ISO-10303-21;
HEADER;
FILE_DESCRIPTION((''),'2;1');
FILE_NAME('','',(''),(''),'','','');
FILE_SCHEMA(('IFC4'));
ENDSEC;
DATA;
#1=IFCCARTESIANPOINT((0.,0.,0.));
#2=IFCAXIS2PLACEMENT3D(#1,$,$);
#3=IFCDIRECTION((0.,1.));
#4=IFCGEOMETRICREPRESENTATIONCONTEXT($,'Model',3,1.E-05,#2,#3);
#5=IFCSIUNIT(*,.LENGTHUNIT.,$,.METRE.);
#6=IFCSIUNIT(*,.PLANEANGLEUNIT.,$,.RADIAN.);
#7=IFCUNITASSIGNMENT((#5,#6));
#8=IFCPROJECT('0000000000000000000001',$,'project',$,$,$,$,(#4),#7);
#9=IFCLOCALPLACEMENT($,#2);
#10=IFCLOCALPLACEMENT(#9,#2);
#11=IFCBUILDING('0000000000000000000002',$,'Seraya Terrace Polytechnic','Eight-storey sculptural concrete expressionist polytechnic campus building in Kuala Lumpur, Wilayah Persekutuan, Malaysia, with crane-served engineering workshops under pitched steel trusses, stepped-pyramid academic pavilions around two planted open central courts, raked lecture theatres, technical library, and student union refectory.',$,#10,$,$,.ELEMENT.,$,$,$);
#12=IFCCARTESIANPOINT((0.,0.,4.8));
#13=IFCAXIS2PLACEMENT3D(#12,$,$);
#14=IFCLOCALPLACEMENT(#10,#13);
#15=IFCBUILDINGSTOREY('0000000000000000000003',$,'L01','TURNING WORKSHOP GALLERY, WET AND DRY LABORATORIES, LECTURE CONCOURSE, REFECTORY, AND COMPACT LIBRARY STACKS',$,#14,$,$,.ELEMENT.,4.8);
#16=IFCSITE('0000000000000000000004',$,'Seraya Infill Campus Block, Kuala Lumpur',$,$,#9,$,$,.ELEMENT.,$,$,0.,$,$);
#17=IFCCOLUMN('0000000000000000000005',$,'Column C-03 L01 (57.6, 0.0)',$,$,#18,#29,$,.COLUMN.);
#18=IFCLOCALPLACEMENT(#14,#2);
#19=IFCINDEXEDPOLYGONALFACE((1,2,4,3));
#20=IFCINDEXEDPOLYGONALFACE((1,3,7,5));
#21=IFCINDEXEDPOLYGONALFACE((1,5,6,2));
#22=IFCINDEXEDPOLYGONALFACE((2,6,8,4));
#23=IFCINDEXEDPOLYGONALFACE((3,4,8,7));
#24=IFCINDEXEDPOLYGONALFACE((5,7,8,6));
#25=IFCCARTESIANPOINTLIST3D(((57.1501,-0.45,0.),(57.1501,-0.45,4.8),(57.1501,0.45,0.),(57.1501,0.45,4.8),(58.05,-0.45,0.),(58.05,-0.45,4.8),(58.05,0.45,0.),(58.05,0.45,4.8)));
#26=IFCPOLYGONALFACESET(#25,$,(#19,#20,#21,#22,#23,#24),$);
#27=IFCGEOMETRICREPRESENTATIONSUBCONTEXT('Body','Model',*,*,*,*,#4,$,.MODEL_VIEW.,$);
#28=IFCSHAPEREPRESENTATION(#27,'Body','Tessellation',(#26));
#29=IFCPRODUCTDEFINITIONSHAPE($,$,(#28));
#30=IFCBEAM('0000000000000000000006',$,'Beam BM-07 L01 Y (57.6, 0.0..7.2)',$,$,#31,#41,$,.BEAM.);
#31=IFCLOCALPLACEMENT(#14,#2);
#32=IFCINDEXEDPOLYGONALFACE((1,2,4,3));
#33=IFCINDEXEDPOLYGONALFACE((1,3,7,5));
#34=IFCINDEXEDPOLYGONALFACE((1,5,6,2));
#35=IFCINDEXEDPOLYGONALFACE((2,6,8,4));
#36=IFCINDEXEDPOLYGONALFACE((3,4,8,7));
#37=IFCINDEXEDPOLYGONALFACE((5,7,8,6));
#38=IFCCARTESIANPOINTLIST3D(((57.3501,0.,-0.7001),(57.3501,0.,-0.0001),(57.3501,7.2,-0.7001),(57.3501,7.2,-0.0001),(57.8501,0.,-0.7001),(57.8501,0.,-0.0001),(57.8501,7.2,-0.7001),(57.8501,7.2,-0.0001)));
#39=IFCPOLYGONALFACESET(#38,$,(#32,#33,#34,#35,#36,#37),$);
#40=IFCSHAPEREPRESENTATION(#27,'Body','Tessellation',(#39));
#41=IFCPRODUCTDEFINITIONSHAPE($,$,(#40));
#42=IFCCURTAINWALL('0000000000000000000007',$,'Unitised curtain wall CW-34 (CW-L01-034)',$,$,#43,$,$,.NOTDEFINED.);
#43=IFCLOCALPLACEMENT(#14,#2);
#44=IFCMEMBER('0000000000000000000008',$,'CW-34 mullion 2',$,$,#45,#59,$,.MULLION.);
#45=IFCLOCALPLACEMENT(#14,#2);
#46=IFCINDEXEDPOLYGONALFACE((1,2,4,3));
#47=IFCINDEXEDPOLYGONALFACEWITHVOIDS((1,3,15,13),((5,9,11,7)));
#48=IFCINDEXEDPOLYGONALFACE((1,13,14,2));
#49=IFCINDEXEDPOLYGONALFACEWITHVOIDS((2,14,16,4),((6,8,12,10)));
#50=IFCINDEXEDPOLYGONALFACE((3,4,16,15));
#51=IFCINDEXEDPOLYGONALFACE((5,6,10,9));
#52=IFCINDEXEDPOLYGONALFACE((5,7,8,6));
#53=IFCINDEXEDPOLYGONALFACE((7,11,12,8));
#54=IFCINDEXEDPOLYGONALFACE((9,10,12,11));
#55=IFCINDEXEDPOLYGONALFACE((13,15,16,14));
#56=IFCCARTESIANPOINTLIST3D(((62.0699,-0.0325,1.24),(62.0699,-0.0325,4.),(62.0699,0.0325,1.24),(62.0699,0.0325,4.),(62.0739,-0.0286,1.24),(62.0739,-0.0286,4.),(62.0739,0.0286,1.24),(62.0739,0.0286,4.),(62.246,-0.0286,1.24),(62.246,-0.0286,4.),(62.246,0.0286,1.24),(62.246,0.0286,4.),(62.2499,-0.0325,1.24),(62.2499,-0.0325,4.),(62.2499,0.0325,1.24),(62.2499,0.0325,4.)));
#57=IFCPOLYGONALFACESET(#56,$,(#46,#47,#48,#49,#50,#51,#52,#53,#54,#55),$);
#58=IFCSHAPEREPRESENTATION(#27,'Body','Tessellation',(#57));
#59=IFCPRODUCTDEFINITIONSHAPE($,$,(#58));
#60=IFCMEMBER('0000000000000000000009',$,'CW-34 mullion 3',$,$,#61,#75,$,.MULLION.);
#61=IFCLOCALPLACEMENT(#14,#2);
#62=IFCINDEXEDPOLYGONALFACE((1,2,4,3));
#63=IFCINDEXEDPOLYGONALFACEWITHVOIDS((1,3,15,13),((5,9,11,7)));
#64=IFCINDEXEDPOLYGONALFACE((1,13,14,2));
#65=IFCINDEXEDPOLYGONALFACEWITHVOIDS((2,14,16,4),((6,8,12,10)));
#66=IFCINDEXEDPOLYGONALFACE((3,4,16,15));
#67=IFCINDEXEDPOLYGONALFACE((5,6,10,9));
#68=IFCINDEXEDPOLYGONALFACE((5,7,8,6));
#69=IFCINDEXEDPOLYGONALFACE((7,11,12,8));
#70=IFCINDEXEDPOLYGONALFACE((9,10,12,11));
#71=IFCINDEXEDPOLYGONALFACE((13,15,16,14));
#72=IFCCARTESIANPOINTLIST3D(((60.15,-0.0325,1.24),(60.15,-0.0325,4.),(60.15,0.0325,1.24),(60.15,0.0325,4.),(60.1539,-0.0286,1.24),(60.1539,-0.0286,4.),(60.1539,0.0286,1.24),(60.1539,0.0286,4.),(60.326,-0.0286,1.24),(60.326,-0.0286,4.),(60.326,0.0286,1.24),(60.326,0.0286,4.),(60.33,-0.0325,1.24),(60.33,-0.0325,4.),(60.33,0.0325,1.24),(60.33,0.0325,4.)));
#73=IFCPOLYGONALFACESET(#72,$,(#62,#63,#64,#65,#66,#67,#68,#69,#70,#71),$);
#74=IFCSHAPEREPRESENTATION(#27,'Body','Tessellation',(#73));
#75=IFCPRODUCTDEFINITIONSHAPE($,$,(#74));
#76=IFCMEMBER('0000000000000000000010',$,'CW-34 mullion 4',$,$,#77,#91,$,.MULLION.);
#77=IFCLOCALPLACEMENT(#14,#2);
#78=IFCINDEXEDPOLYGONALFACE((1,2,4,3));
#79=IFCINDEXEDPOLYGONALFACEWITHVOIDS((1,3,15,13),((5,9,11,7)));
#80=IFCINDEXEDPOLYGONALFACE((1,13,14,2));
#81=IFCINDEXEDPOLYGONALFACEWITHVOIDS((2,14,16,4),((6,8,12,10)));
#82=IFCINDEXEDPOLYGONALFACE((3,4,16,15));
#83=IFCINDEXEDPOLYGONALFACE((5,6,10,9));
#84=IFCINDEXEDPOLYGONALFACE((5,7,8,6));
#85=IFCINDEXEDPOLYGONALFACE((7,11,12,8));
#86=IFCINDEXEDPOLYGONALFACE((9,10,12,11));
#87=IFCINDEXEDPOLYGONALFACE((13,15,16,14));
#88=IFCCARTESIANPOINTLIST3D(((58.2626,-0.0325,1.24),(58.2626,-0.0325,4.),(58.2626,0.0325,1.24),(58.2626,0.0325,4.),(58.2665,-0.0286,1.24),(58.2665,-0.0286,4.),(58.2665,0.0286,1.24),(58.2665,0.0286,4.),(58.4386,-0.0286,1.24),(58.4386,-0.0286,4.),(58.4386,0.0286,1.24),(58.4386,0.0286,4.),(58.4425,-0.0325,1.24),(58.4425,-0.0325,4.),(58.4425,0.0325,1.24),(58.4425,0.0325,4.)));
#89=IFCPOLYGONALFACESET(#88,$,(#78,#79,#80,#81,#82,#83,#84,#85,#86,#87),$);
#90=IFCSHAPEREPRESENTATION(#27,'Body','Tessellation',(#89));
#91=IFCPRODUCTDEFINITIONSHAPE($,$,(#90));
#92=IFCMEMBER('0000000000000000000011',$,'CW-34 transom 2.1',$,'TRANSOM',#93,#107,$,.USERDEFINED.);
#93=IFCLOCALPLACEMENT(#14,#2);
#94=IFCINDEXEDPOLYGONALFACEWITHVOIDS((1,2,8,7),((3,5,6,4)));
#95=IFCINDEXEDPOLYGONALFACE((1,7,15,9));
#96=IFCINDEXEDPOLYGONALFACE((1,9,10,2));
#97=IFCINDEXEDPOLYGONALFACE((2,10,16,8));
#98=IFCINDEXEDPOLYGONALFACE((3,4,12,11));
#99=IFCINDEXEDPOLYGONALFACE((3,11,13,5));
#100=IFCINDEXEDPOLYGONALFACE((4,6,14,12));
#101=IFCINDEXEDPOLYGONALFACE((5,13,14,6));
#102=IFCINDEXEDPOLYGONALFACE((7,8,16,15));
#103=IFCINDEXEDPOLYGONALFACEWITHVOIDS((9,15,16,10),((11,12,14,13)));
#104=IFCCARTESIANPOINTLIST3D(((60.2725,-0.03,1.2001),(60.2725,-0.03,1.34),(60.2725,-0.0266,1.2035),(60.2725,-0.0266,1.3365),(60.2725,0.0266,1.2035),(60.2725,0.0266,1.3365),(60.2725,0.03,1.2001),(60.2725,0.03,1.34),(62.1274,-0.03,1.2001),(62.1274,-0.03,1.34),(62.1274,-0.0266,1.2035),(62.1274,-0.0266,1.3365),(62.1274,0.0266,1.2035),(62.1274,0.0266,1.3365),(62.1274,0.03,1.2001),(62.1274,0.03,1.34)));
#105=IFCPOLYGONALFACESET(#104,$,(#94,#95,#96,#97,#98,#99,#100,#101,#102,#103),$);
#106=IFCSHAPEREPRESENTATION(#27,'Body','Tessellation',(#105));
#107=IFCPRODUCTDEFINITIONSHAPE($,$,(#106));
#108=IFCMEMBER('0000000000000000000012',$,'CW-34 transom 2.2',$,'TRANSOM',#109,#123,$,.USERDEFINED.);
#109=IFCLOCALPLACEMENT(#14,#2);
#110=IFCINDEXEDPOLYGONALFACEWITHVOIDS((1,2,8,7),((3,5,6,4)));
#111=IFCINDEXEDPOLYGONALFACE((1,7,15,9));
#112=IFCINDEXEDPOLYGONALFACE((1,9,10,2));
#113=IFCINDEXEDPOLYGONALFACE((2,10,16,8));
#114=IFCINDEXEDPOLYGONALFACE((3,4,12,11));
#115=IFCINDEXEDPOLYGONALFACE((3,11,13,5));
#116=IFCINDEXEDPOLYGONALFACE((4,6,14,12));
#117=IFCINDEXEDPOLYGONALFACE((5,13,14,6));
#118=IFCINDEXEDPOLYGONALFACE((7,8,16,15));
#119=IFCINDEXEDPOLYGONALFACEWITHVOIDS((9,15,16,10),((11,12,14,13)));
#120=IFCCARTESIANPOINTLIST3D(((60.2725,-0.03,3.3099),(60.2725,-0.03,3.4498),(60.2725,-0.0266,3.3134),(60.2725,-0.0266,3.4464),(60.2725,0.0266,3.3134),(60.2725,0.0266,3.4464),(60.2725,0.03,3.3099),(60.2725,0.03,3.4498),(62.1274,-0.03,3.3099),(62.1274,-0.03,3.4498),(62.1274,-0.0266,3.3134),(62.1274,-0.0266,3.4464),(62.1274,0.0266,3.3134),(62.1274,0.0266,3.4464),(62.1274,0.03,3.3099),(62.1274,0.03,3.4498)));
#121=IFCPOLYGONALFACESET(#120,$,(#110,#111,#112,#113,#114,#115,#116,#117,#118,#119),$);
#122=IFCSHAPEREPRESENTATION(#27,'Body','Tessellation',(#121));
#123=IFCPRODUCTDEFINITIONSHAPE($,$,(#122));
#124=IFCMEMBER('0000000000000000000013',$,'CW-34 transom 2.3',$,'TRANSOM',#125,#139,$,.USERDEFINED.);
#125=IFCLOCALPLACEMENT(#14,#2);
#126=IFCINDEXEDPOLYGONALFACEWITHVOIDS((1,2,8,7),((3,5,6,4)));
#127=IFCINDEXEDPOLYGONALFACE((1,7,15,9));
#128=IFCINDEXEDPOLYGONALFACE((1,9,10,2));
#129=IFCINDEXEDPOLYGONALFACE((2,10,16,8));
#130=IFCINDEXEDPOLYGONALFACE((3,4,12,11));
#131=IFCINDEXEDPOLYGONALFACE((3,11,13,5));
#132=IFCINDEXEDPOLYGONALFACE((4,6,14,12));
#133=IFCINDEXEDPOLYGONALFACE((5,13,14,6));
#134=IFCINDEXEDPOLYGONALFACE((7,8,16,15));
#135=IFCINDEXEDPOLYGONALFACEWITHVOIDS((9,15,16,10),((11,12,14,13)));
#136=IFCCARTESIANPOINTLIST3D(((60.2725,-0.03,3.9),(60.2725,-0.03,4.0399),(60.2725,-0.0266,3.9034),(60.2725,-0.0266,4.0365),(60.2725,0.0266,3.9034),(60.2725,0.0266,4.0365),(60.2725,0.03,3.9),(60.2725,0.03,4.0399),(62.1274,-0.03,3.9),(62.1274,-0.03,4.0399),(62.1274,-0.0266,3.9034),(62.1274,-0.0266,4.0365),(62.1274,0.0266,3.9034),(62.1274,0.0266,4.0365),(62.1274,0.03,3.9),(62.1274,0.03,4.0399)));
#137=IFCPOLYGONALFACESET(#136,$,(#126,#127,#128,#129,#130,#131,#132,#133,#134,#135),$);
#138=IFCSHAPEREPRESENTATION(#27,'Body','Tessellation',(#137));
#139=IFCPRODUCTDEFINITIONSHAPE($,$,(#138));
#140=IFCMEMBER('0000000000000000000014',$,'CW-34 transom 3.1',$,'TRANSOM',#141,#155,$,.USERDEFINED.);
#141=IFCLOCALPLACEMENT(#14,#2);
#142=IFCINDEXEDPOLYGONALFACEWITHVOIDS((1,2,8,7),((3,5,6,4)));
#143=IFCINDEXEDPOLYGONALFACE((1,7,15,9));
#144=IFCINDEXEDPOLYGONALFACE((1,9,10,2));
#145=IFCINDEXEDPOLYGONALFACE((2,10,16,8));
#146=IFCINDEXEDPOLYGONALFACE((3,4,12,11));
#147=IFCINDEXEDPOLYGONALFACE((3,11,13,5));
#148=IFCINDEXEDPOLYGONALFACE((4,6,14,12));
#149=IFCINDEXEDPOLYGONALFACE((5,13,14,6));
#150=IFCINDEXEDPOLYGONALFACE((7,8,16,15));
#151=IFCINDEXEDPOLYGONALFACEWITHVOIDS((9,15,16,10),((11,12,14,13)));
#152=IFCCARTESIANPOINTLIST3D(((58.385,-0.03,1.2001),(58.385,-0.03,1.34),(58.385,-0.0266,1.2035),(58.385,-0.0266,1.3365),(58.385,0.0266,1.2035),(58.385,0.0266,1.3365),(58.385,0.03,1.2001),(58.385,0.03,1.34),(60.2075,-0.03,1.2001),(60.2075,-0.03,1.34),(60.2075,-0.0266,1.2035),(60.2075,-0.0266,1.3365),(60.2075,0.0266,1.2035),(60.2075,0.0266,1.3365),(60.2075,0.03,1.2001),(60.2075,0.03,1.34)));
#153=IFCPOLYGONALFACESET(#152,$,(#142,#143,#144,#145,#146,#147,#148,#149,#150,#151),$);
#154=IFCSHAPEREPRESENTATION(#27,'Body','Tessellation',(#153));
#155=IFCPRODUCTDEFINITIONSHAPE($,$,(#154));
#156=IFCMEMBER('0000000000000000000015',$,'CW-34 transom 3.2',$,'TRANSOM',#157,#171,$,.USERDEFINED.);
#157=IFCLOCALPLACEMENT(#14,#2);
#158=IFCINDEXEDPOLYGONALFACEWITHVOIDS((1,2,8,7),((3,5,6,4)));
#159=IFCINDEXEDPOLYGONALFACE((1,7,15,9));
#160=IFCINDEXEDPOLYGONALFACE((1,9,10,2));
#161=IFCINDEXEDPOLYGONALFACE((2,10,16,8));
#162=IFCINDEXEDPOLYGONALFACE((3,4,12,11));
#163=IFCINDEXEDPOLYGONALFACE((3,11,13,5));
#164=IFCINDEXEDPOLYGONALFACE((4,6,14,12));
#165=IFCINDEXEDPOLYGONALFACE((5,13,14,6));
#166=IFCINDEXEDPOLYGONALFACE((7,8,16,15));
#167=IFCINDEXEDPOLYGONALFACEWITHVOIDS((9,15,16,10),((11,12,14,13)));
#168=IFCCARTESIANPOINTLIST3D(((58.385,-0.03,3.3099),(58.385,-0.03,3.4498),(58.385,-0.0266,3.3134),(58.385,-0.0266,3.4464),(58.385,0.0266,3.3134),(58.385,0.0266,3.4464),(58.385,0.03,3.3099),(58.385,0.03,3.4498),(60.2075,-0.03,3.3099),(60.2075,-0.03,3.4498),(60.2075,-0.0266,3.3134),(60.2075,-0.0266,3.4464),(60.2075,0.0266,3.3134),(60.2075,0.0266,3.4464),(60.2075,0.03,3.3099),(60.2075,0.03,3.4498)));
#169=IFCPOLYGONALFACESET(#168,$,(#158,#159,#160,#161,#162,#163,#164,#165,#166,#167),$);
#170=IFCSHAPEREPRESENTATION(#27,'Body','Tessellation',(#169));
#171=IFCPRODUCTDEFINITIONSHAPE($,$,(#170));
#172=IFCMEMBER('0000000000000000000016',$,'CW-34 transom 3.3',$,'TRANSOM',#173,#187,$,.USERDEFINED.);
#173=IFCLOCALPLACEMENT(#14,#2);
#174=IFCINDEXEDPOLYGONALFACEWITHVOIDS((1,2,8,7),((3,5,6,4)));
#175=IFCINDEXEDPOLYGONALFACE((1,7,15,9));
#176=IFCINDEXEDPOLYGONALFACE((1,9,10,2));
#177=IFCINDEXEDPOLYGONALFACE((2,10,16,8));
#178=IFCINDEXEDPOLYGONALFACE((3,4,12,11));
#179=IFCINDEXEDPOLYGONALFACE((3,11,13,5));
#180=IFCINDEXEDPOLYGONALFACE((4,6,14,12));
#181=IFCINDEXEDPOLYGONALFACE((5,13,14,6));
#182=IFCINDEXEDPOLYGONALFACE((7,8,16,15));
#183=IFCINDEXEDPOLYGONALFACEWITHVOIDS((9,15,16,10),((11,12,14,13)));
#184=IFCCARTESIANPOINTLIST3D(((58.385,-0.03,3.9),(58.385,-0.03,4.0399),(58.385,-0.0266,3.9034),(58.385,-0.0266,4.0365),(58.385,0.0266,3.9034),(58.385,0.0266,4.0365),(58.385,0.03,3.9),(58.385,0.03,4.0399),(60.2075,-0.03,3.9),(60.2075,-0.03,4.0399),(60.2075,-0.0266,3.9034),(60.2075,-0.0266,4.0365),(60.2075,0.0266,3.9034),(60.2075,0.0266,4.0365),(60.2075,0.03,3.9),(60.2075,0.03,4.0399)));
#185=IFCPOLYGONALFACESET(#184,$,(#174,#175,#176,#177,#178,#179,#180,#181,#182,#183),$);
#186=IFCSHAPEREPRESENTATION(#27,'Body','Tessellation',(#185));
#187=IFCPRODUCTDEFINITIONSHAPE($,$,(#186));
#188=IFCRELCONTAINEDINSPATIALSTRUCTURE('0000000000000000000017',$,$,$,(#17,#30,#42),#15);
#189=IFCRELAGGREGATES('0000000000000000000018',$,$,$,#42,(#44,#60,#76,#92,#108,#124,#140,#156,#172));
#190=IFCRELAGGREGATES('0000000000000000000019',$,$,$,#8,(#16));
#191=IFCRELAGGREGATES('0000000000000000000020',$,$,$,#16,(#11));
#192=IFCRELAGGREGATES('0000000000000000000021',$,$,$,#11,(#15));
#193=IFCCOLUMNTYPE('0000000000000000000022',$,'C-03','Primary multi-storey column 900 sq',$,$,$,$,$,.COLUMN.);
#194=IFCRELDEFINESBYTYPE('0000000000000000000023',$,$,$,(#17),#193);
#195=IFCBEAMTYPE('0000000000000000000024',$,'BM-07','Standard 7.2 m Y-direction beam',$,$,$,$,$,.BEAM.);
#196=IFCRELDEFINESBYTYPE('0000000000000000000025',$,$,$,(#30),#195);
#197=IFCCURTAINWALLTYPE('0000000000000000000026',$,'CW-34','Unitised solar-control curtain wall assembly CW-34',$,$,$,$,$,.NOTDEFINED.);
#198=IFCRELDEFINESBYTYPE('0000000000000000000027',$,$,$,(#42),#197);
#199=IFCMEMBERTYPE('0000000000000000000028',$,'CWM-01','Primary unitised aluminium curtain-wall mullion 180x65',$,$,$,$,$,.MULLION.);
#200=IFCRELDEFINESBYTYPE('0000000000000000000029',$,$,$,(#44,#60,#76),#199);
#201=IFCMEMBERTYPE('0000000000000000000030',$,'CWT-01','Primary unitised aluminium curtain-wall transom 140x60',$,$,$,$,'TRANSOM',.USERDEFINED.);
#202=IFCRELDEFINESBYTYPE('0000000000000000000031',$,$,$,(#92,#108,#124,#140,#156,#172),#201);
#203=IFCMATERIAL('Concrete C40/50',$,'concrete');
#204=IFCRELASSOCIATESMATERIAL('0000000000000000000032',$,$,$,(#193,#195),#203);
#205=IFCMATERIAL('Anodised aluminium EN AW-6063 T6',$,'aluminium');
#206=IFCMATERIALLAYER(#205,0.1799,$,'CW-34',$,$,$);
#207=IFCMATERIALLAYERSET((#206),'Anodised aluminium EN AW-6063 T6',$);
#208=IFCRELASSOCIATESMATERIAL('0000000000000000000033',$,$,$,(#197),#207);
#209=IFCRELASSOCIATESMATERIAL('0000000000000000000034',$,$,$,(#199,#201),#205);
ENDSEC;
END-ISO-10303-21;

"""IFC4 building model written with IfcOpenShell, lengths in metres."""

from ifc_helpers import new_model, si_unit, direction, frame, origin, origin_2d, place, context, subcontext, project, spatial, rectangle, hollow_rectangle, extrude, material, layer, layer_set, material_profile, profile_set, type_object, element, aggregate, save


model = new_model("IFC4")

# Units and contexts
model_context = context("Model", 3, precision=1e-05, world=origin(), true_north=direction((0.0, 1.0)))
body_context = subcontext(model_context, "Body", "Model", "MODEL_VIEW")
ifc_project = project(units=[si_unit("LENGTHUNIT", "METRE"), si_unit("PLANEANGLEUNIT", "RADIAN")], contexts=[model_context])

# Site, building, storey
site_placement = place(None, origin())
site = spatial("IfcSite", under=ifc_project, at=site_placement, Name="Seraya Infill Campus Block, Kuala Lumpur", CompositionType="ELEMENT", RefElevation=0.0)
building_placement = place(site_placement, origin())
building = spatial("IfcBuilding", under=site, at=building_placement, Name="Seraya Terrace Polytechnic", Description="Eight-storey sculptural concrete expressionist polytechnic campus building in Kuala Lumpur, Wilayah Persekutuan, Malaysia, with crane-served engineering workshops under pitched steel trusses, stepped-pyramid academic pavilions around two planted open central courts, raked lecture theatres, technical library, and student union refectory.", CompositionType="ELEMENT")
storey_placement = place(building_placement, frame((0.0, 0.0, 4.8)))
storey = spatial("IfcBuildingStorey", under=building, at=storey_placement, Name="L01", Description="TURNING WORKSHOP GALLERY, WET AND DRY LABORATORIES, LECTURE CONCOURSE, REFECTORY, AND COMPACT LIBRARY STACKS", CompositionType="ELEMENT", Elevation=4.8)

# Column
ifc_material_1 = material(Name="Concrete C40/50", Category="concrete")
ifc_material_profile_1 = material_profile(ifc_material_1, rectangle(XDim=0.8999, YDim=0.8999, at=origin_2d()), Name="RC 900x900")
ifc_profile_set_1 = profile_set([ifc_material_profile_1], Name="Concrete C40/50")
column_type = type_object("IfcColumnType", Name="C-03", Description="Primary multi-storey column 900 sq", PredefinedType="COLUMN", material=ifc_profile_set_1)
column_placement = place(storey_placement, frame((57.6001, 0.0, 0.0), z_axis=(0.0, 0.0, 1.0), x_axis=(1.0, 0.0, 0.0)))
element("IfcColumn", 1, at=column_placement, inside=storey, type_object=column_type, Name="Column C-03 L01 (57.6, 0.0)", PredefinedType="COLUMN", context=body_context, shape_type="SweptSolid", body=[
    extrude(rectangle(XDim=0.8999, YDim=0.8999, at=origin_2d()), origin(), (0.0, 0.0, 1.0), 4.8),
])

# Beam
ifc_material_profile_2 = material_profile(ifc_material_1, rectangle(XDim=0.5, YDim=0.7, at=origin_2d()), Name="RC 500x700")
ifc_profile_set_2 = profile_set([ifc_material_profile_2], Name="Concrete C40/50")
beam_type_1 = type_object("IfcBeamType", Name="BM-07", Description="Standard 7.2 m Y-direction beam", PredefinedType="BEAM", material=ifc_profile_set_2)
beam_1_placement = place(storey_placement, frame((57.6001, 0.0, -0.3501), z_axis=(0.0, 1.0, 0.0), x_axis=(-1.0, 0.0, 0.0)))
element("IfcBeam", 2, at=beam_1_placement, inside=storey, type_object=beam_type_1, Name="Beam BM-07 L01 Y (57.6, 0.0..7.2)", PredefinedType="BEAM", context=body_context, shape_type="SweptSolid", body=[
    extrude(rectangle(XDim=0.5, YDim=0.7, at=origin_2d()), origin(), (0.0, 0.0, 1.0), 7.2),
])

# Curtain wall, members
ifc_material_2 = material(Name="Anodised aluminium EN AW-6063 T6", Category="aluminium")
ifc_layer_1 = layer(ifc_material_2, 0.1799, Name="CW-34")
ifc_layer_set_1 = layer_set([ifc_layer_1], Name="Anodised aluminium EN AW-6063 T6")
curtain_wall_type = type_object("IfcCurtainWallType", Name="CW-34", Description="Unitised solar-control curtain wall assembly CW-34", PredefinedType="NOTDEFINED", material=ifc_layer_set_1)
curtain_wall_placement = place(storey_placement, origin())
curtain_wall = element("IfcCurtainWall", 3, at=curtain_wall_placement, inside=storey, type_object=curtain_wall_type, Name="Unitised curtain wall CW-34 (CW-L01-034)", PredefinedType="NOTDEFINED")
ifc_material_profile_3 = material_profile(ifc_material_2, hollow_rectangle(XDim=0.0649, YDim=0.1799, WallThickness=0.0039, at=origin_2d()), Name="RHS 180x65x4.0")
ifc_profile_set_3 = profile_set([ifc_material_profile_3], Name="Anodised aluminium EN AW-6063 T6")
member_type_1 = type_object("IfcMemberType", Name="CWM-01", Description="Primary unitised aluminium curtain-wall mullion 180x65", PredefinedType="MULLION", material=ifc_profile_set_3)
member_1_placement = place(storey_placement, frame((62.1599, 0.0, 1.24), z_axis=(0.0, 0.0, 1.0), x_axis=(0.0, -1.0, 0.0)))
member_1 = element("IfcMember", 4, at=member_1_placement, type_object=member_type_1, Name="CW-34 mullion 2", PredefinedType="MULLION", context=body_context, shape_type="SweptSolid", body=[
    extrude(hollow_rectangle(XDim=0.0649, YDim=0.1799, WallThickness=0.0039, at=origin_2d()), origin(), (0.0, 0.0, 1.0), 2.76),
])
member_2_placement = place(storey_placement, frame((60.24, 0.0, 1.24), z_axis=(0.0, 0.0, 1.0), x_axis=(0.0, -1.0, 0.0)))
member_2 = element("IfcMember", 5, at=member_2_placement, type_object=member_type_1, Name="CW-34 mullion 3", PredefinedType="MULLION", context=body_context, shape_type="SweptSolid", body=[
    extrude(hollow_rectangle(XDim=0.0649, YDim=0.1799, WallThickness=0.0039, at=origin_2d()), origin(), (0.0, 0.0, 1.0), 2.76),
])
member_3_placement = place(storey_placement, frame((58.3525, 0.0, 1.24), z_axis=(0.0, 0.0, 1.0), x_axis=(0.0, -1.0, 0.0)))
member_3 = element("IfcMember", 6, at=member_3_placement, type_object=member_type_1, Name="CW-34 mullion 4", PredefinedType="MULLION", context=body_context, shape_type="SweptSolid", body=[
    extrude(hollow_rectangle(XDim=0.0649, YDim=0.1799, WallThickness=0.0039, at=origin_2d()), origin(), (0.0, 0.0, 1.0), 2.76),
])
ifc_material_profile_4 = material_profile(ifc_material_2, hollow_rectangle(XDim=0.0601, YDim=0.1399, WallThickness=0.0034, at=origin_2d()), Name="RHS 140x60x3.5")
ifc_profile_set_4 = profile_set([ifc_material_profile_4], Name="Anodised aluminium EN AW-6063 T6")
member_type_2 = type_object("IfcMemberType", Name="CWT-01", Description="Primary unitised aluminium curtain-wall transom 140x60", ElementType="TRANSOM", PredefinedType="USERDEFINED", material=ifc_profile_set_4)
member_4_placement = place(storey_placement, frame((62.1274, 0.0, 1.27), z_axis=(-1.0, 0.0, 0.0), x_axis=(0.0, -1.0, 0.0)))
member_4 = element("IfcMember", 7, at=member_4_placement, type_object=member_type_2, Name="CW-34 transom 2.1", ObjectType="TRANSOM", PredefinedType="USERDEFINED", context=body_context, shape_type="SweptSolid", body=[
    extrude(hollow_rectangle(XDim=0.0601, YDim=0.1399, WallThickness=0.0034, at=origin_2d()), origin(), (0.0, 0.0, 1.0), 1.855),
])
member_5_placement = place(storey_placement, frame((62.1274, 0.0, 3.3799), z_axis=(-1.0, 0.0, 0.0), x_axis=(0.0, -1.0, 0.0)))
member_5 = element("IfcMember", 8, at=member_5_placement, type_object=member_type_2, Name="CW-34 transom 2.2", ObjectType="TRANSOM", PredefinedType="USERDEFINED", context=body_context, shape_type="SweptSolid", body=[
    extrude(hollow_rectangle(XDim=0.0601, YDim=0.1399, WallThickness=0.0034, at=origin_2d()), origin(), (0.0, 0.0, 1.0), 1.855),
])
member_6_placement = place(storey_placement, frame((62.1274, 0.0, 3.97), z_axis=(-1.0, 0.0, 0.0), x_axis=(0.0, -1.0, 0.0)))
member_6 = element("IfcMember", 9, at=member_6_placement, type_object=member_type_2, Name="CW-34 transom 2.3", ObjectType="TRANSOM", PredefinedType="USERDEFINED", context=body_context, shape_type="SweptSolid", body=[
    extrude(hollow_rectangle(XDim=0.0601, YDim=0.1399, WallThickness=0.0034, at=origin_2d()), origin(), (0.0, 0.0, 1.0), 1.855),
])
member_7_placement = place(storey_placement, frame((60.2075, 0.0, 1.27), z_axis=(-1.0, 0.0, 0.0), x_axis=(0.0, -1.0, 0.0)))
member_7 = element("IfcMember", 10, at=member_7_placement, type_object=member_type_2, Name="CW-34 transom 3.1", ObjectType="TRANSOM", PredefinedType="USERDEFINED", context=body_context, shape_type="SweptSolid", body=[
    extrude(hollow_rectangle(XDim=0.0601, YDim=0.1399, WallThickness=0.0034, at=origin_2d()), origin(), (0.0, 0.0, 1.0), 1.8225),
])
member_8_placement = place(storey_placement, frame((60.2075, 0.0, 3.3799), z_axis=(-1.0, 0.0, 0.0), x_axis=(0.0, -1.0, 0.0)))
member_8 = element("IfcMember", 11, at=member_8_placement, type_object=member_type_2, Name="CW-34 transom 3.2", ObjectType="TRANSOM", PredefinedType="USERDEFINED", context=body_context, shape_type="SweptSolid", body=[
    extrude(hollow_rectangle(XDim=0.0601, YDim=0.1399, WallThickness=0.0034, at=origin_2d()), origin(), (0.0, 0.0, 1.0), 1.8225),
])
member_9_placement = place(storey_placement, frame((60.2075, 0.0, 3.97), z_axis=(-1.0, 0.0, 0.0), x_axis=(0.0, -1.0, 0.0)))
member_9 = element("IfcMember", 12, at=member_9_placement, type_object=member_type_2, Name="CW-34 transom 3.3", ObjectType="TRANSOM", PredefinedType="USERDEFINED", context=body_context, shape_type="SweptSolid", body=[
    extrude(hollow_rectangle(XDim=0.0601, YDim=0.1399, WallThickness=0.0034, at=origin_2d()), origin(), (0.0, 0.0, 1.0), 1.8225),
])

aggregate(curtain_wall, [member_1, member_2, member_3, member_4, member_5, member_6, member_7, member_8, member_9])

save(model, "model.ifc")
